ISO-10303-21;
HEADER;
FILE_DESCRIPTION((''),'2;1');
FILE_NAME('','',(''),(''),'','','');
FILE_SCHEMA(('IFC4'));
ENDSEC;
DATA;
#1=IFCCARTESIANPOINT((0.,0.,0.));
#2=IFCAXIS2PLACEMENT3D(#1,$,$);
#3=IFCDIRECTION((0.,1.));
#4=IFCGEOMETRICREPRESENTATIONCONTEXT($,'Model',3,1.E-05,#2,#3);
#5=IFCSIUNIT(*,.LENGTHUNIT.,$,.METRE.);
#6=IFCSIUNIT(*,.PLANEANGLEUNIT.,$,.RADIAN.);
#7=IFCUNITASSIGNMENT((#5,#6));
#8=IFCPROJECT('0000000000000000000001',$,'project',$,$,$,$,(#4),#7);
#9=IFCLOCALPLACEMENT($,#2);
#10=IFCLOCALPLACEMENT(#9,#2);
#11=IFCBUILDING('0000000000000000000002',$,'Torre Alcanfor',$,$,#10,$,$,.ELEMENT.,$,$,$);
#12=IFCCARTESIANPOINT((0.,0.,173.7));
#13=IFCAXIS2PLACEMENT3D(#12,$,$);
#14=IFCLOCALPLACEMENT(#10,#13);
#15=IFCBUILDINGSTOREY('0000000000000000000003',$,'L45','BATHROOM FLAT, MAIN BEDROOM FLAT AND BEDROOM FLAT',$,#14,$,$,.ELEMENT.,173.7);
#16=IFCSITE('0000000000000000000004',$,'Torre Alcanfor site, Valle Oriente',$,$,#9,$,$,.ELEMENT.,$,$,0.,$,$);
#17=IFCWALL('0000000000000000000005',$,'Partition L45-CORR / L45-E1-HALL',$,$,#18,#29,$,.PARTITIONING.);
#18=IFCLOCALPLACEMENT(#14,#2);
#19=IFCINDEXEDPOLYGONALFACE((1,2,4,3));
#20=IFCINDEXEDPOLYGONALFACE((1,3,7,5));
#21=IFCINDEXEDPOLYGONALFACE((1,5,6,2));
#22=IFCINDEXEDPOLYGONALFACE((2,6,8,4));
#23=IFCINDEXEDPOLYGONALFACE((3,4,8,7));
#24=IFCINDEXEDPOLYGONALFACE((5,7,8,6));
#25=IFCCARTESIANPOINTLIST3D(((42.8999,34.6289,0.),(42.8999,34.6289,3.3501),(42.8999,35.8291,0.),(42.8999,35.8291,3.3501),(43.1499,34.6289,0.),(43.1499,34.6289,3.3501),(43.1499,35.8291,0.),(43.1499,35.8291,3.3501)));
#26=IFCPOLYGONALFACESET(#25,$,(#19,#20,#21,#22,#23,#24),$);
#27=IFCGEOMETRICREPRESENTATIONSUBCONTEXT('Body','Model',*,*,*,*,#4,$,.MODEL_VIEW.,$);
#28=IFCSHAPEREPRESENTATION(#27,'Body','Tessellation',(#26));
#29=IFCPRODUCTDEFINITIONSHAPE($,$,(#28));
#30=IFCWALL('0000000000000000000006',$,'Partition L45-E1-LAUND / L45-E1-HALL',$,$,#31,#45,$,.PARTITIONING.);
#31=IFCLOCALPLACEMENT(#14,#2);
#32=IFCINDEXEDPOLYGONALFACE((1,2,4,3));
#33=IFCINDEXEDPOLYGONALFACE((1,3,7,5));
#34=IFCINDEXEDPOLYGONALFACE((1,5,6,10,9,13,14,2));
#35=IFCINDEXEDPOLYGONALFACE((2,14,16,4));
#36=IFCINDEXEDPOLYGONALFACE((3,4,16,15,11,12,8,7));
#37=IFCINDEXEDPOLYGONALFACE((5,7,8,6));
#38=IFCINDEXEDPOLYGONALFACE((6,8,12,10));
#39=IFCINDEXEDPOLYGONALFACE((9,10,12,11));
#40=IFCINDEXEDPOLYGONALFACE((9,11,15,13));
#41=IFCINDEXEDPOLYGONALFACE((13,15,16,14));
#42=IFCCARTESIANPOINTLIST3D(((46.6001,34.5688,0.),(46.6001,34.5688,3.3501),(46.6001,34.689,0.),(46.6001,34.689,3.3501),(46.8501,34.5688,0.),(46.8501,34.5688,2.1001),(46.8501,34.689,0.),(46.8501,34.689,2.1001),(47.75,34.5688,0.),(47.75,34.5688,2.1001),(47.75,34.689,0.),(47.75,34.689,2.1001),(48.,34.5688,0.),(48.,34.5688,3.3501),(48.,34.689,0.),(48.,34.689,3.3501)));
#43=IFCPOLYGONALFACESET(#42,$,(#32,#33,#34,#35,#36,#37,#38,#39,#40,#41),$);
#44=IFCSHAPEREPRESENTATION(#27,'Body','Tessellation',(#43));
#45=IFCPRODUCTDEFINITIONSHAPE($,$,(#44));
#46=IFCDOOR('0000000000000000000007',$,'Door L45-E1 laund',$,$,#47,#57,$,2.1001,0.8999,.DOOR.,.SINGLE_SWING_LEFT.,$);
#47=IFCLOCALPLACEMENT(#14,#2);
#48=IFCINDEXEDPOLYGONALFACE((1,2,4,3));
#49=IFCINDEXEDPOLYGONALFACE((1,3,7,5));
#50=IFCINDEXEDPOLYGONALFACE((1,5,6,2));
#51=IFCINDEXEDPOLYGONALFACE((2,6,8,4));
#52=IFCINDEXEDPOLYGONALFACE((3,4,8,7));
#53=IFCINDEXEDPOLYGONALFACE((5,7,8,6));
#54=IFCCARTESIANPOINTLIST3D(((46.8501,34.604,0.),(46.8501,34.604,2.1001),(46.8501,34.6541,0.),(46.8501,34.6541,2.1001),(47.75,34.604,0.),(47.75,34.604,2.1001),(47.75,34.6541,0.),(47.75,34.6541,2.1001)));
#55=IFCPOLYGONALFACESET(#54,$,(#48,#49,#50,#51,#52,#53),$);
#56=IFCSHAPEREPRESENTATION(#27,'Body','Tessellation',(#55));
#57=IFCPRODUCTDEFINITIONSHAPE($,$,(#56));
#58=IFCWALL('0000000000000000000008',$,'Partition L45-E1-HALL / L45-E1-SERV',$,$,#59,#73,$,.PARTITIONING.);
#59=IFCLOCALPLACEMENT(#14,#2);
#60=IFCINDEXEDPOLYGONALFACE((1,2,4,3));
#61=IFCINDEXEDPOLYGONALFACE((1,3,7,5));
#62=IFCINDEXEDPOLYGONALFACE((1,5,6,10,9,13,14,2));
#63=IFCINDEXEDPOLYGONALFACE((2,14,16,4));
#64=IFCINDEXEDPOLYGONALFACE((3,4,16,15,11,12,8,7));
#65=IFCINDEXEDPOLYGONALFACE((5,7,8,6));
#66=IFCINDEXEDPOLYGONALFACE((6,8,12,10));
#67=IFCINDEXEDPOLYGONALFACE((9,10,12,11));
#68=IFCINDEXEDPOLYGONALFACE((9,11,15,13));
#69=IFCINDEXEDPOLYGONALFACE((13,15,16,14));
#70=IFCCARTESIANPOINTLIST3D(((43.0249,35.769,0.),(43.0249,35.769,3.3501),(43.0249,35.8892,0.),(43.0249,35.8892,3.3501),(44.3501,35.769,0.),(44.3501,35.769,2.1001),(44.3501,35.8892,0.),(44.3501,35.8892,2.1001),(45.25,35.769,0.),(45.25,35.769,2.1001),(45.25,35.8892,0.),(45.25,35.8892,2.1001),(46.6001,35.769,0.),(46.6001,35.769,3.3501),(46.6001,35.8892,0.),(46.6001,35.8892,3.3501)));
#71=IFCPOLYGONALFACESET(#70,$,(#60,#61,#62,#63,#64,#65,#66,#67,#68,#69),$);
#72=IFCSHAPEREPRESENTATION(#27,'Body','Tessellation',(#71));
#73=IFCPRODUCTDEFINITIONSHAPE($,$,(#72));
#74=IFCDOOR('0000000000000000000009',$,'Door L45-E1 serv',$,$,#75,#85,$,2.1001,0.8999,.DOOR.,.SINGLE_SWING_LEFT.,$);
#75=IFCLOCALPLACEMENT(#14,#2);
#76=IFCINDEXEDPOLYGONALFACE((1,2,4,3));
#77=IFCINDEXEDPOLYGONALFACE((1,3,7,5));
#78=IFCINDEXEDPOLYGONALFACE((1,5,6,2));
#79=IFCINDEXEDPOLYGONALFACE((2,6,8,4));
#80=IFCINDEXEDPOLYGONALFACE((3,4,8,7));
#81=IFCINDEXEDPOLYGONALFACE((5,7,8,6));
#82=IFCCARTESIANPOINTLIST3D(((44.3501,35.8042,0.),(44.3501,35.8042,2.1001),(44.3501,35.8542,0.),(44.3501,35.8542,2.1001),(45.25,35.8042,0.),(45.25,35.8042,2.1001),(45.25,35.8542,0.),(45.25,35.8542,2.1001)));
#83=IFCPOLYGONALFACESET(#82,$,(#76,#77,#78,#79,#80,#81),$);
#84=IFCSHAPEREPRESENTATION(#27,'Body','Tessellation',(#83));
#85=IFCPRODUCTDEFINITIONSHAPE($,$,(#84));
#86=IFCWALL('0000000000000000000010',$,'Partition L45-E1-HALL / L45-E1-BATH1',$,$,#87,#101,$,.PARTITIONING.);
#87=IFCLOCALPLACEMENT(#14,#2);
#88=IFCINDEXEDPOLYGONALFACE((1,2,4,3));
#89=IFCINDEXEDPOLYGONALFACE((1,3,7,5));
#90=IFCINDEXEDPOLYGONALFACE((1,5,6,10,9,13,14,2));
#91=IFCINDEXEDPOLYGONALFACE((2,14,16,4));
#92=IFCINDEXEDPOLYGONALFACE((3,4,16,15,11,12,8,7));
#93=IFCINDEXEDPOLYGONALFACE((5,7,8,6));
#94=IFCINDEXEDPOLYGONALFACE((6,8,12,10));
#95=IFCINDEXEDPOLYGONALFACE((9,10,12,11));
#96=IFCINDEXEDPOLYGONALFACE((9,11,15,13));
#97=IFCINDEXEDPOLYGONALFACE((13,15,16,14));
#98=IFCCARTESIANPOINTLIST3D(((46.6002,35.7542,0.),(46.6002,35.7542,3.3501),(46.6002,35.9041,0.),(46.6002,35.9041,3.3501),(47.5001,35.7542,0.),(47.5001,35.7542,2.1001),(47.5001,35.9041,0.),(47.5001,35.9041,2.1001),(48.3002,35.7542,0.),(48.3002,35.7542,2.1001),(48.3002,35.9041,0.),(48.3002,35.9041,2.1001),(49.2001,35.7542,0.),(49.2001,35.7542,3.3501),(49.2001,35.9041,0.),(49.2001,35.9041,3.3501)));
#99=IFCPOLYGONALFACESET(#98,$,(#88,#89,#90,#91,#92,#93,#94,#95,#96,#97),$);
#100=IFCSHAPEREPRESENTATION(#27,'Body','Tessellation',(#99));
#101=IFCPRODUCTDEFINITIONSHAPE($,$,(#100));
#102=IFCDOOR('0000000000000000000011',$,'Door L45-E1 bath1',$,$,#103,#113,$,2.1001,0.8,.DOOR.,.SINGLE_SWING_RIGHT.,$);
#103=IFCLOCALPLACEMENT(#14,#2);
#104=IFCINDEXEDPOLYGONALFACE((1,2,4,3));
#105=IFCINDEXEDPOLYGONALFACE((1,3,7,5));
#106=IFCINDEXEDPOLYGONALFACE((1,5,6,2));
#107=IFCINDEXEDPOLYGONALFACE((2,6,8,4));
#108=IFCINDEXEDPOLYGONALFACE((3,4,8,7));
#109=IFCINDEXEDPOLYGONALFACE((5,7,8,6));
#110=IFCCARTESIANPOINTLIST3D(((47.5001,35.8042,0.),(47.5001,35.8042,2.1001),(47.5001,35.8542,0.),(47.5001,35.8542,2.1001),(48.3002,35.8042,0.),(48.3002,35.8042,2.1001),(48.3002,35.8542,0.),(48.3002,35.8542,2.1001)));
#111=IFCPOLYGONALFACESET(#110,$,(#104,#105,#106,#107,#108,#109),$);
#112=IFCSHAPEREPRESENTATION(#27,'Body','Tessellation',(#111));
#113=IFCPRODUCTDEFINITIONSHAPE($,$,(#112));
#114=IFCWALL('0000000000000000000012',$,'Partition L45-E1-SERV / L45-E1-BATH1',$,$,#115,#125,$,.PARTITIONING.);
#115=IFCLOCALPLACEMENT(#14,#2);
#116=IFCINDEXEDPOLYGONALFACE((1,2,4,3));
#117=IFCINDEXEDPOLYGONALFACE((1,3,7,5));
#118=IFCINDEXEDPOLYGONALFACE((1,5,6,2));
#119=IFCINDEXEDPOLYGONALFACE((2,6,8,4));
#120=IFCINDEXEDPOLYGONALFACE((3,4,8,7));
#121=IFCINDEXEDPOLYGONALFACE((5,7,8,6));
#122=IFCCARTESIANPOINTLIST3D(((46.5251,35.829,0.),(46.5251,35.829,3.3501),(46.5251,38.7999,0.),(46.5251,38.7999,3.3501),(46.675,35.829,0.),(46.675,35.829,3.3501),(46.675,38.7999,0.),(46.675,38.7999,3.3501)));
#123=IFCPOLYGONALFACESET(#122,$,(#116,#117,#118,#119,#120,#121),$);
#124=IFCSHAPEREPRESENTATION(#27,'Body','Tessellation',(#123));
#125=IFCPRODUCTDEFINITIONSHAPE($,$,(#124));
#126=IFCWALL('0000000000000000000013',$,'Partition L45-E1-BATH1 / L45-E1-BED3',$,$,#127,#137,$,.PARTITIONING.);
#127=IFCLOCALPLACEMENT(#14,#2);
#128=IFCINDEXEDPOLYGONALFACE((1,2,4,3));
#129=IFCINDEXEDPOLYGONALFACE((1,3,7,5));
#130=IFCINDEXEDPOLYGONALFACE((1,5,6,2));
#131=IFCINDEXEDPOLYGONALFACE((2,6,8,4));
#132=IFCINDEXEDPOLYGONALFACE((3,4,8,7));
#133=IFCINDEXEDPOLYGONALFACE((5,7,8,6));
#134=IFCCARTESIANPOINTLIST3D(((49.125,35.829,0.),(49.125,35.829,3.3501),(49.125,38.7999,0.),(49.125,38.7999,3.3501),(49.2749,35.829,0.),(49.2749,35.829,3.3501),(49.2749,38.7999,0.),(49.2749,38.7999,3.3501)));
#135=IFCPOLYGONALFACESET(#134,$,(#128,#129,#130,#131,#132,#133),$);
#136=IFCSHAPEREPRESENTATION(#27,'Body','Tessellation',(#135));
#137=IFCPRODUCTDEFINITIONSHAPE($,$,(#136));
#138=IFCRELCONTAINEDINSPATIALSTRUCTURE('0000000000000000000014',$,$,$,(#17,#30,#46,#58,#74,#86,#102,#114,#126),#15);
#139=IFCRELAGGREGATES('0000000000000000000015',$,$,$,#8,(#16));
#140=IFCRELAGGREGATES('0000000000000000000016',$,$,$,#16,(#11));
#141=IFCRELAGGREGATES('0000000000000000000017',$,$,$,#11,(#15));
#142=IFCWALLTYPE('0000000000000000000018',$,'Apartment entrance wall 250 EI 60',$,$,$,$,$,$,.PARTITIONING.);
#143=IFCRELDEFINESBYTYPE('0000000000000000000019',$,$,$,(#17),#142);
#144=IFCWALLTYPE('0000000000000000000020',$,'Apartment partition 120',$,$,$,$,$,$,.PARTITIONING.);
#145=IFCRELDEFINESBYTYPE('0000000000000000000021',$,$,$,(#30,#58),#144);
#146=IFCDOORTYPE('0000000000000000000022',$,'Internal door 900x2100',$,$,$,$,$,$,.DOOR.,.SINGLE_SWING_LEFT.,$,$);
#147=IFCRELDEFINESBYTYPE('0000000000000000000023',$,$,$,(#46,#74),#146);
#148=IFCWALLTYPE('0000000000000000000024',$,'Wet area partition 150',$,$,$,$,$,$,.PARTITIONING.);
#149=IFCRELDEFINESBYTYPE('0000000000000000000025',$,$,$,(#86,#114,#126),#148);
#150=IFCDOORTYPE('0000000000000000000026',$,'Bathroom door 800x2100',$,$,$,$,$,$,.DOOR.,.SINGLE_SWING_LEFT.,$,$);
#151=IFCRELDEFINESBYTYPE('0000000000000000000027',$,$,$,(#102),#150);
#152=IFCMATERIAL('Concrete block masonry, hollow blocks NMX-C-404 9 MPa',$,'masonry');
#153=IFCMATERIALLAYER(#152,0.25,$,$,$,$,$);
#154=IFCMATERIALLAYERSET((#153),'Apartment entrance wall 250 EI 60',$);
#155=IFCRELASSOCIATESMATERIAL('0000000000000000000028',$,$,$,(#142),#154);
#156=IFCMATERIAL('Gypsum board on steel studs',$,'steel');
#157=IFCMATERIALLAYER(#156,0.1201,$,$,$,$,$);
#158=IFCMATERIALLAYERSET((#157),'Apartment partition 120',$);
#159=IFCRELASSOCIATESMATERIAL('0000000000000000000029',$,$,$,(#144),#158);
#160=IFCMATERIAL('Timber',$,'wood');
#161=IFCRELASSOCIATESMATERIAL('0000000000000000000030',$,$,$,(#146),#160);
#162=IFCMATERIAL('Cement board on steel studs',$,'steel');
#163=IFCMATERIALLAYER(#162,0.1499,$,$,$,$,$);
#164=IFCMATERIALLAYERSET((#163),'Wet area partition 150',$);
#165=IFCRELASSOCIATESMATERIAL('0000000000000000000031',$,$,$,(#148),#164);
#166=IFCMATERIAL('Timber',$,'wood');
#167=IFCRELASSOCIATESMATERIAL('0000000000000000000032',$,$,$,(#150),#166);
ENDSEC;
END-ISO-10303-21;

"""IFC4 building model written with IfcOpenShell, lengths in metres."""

from ifc_helpers import new_model, si_unit, direction, frame, frame_2d, origin, place, context, subcontext, project, spatial, rectangle, extrude, material, layer, layer_set, type_object, element, fill, save


model = new_model("IFC4")

# Units and contexts
model_context = context("Model", 3, precision=1e-05, world=origin(), true_north=direction((0.0, 1.0)))
body_context = subcontext(model_context, "Body", "Model", "MODEL_VIEW")
ifc_project = project(units=[si_unit("LENGTHUNIT", "METRE"), si_unit("PLANEANGLEUNIT", "RADIAN")], contexts=[model_context])

# Site, building, storey
site_placement = place(None, origin())
site = spatial("IfcSite", under=ifc_project, at=site_placement, Name="Torre Alcanfor site, Valle Oriente", CompositionType="ELEMENT", RefElevation=0.0)
building_placement = place(site_placement, origin())
building = spatial("IfcBuilding", under=site, at=building_placement, Name="Torre Alcanfor", CompositionType="ELEMENT")
storey_placement = place(building_placement, frame((0.0, 0.0, 173.7)))
storey = spatial("IfcBuildingStorey", under=building, at=storey_placement, Name="L45", Description="BATHROOM FLAT, MAIN BEDROOM FLAT AND BEDROOM FLAT", CompositionType="ELEMENT", Elevation=173.7)

# Shared definitions
ifc_material_1 = material(Name="Concrete block masonry, hollow blocks NMX-C-404 9 MPa", Category="masonry")
ifc_layer_1 = layer(ifc_material_1, 0.25)
ifc_layer_set_1 = layer_set([ifc_layer_1], Name="Apartment entrance wall 250 EI 60")
wall_type_1 = type_object("IfcWallType", Name="Apartment entrance wall 250 EI 60", PredefinedType="PARTITIONING", material=ifc_layer_set_1)

# Wall
wall_1_placement = place(storey_placement, frame((43.0249, 35.8291, 0.0), z_axis=(0.0, 0.0, 1.0), x_axis=(0.0, -1.0, 0.0)))
element("IfcWall", 1, at=wall_1_placement, inside=storey, type_object=wall_type_1, Name="Partition L45-CORR / L45-E1-HALL", PredefinedType="PARTITIONING", context=body_context, shape_type="SweptSolid", body=[
    extrude(rectangle(XDim=1.2002, YDim=0.25, at=frame_2d((0.6001, 0.0))), origin(), (0.0, 0.0, 1.0), 3.3501),
])

# Walls, openings, doors
ifc_material_2 = material(Name="Gypsum board on steel studs", Category="steel")
ifc_layer_2 = layer(ifc_material_2, 0.1201)
ifc_layer_set_2 = layer_set([ifc_layer_2], Name="Apartment partition 120")
wall_type_2 = type_object("IfcWallType", Name="Apartment partition 120", PredefinedType="PARTITIONING", material=ifc_layer_set_2)
wall_2_placement = place(storey_placement, frame((48.0, 34.6289, 0.0), z_axis=(0.0, 0.0, 1.0), x_axis=(-1.0, 0.0, 0.0)))
wall_2 = element("IfcWall", 2, at=wall_2_placement, inside=storey, type_object=wall_type_2, Name="Partition L45-E1-LAUND / L45-E1-HALL", PredefinedType="PARTITIONING", context=body_context, shape_type="SweptSolid", body=[
    extrude(rectangle(XDim=1.3999, YDim=0.1201, at=frame_2d((0.7, 0.0))), origin(), (0.0, 0.0, 1.0), 3.3501),
])
opening_1_placement = place(wall_2_placement, frame((0.25, 0.0, 0.0)))
opening_1 = element("IfcOpeningElement", 3, at=opening_1_placement, cuts=wall_2, PredefinedType="OPENING", context=body_context, shape_type="SweptSolid", body=[
    extrude(rectangle(XDim=0.8999, YDim=2.1001, at=frame_2d((0.45, 1.05))), frame((0.0, 0.0701, 0.0), z_axis=(0.0, -1.0, 0.0), x_axis=(1.0, 0.0, 0.0)), (0.0, 0.0, 1.0), 0.1401),
])
ifc_material_3 = material(Name="Timber", Category="wood")
door_type_1 = type_object("IfcDoorType", Name="Internal door 900x2100", OperationType="SINGLE_SWING_LEFT", PredefinedType="DOOR", material=ifc_material_3)
door_1_placement = place(opening_1_placement, origin())
door_1 = element("IfcDoor", 4, at=door_1_placement, inside=storey, type_object=door_type_1, Name="Door L45-E1 laund", OperationType="SINGLE_SWING_LEFT", OverallHeight=2.1001, OverallWidth=0.8999, PredefinedType="DOOR", context=body_context, shape_type="SweptSolid", body=[
    extrude(rectangle(XDim=0.8999, YDim=2.1001, at=frame_2d((0.45, 1.05))), frame((0.0, 0.0249, 0.0), z_axis=(0.0, -1.0, 0.0), x_axis=(1.0, 0.0, 0.0)), (0.0, 0.0, 1.0), 0.05),
])
fill(opening_1, door_1)
wall_3_placement = place(storey_placement, frame((46.6001, 35.8291, 0.0), z_axis=(0.0, 0.0, 1.0), x_axis=(-1.0, 0.0, 0.0)))
wall_3 = element("IfcWall", 5, at=wall_3_placement, inside=storey, type_object=wall_type_2, Name="Partition L45-E1-HALL / L45-E1-SERV", PredefinedType="PARTITIONING", context=body_context, shape_type="SweptSolid", body=[
    extrude(rectangle(XDim=3.5752, YDim=0.1201, at=frame_2d((1.7876, 0.0))), origin(), (0.0, 0.0, 1.0), 3.3501),
])
opening_2_placement = place(wall_3_placement, frame((1.3501, 0.0, 0.0)))
opening_2 = element("IfcOpeningElement", 6, at=opening_2_placement, cuts=wall_3, PredefinedType="OPENING", context=body_context, shape_type="SweptSolid", body=[
    extrude(rectangle(XDim=0.8999, YDim=2.1001, at=frame_2d((0.45, 1.05))), frame((0.0, 0.0701, 0.0), z_axis=(0.0, -1.0, 0.0), x_axis=(1.0, 0.0, 0.0)), (0.0, 0.0, 1.0), 0.1401),
])
door_2_placement = place(opening_2_placement, frame((0.8999, 0.0, 0.0), z_axis=(0.0, 0.0, 1.0), x_axis=(-1.0, 0.0, 0.0)))
door_2 = element("IfcDoor", 7, at=door_2_placement, inside=storey, type_object=door_type_1, Name="Door L45-E1 serv", OperationType="SINGLE_SWING_LEFT", OverallHeight=2.1001, OverallWidth=0.8999, PredefinedType="DOOR", context=body_context, shape_type="SweptSolid", body=[
    extrude(rectangle(XDim=0.8999, YDim=2.1001, at=frame_2d((0.45, 1.05))), frame((0.0, 0.0251, 0.0), z_axis=(0.0, -1.0, 0.0), x_axis=(1.0, 0.0, 0.0)), (0.0, 0.0, 1.0), 0.05),
])
fill(opening_2, door_2)
ifc_material_4 = material(Name="Cement board on steel studs", Category="steel")
ifc_layer_3 = layer(ifc_material_4, 0.1499)
ifc_layer_set_3 = layer_set([ifc_layer_3], Name="Wet area partition 150")
wall_type_3 = type_object("IfcWallType", Name="Wet area partition 150", PredefinedType="PARTITIONING", material=ifc_layer_set_3)
wall_4_placement = place(storey_placement, frame((49.2, 35.8291, 0.0), z_axis=(0.0, 0.0, 1.0), x_axis=(-1.0, 0.0, 0.0)))
wall_4 = element("IfcWall", 8, at=wall_4_placement, inside=storey, type_object=wall_type_3, Name="Partition L45-E1-HALL / L45-E1-BATH1", PredefinedType="PARTITIONING", context=body_context, shape_type="SweptSolid", body=[
    extrude(rectangle(XDim=2.5999, YDim=0.1499, at=frame_2d((1.2998, 0.0))), origin(), (0.0, 0.0, 1.0), 3.3501),
])
opening_3_placement = place(wall_4_placement, frame((0.8999, 0.0, 0.0)))
opening_3 = element("IfcOpeningElement", 9, at=opening_3_placement, cuts=wall_4, PredefinedType="OPENING", context=body_context, shape_type="SweptSolid", body=[
    extrude(rectangle(XDim=0.8, YDim=2.1001, at=frame_2d((0.3999, 1.05))), frame((0.0, 0.085, 0.0), z_axis=(0.0, -1.0, 0.0), x_axis=(1.0, 0.0, 0.0)), (0.0, 0.0, 1.0), 0.1699),
])
ifc_material_5 = material(Name="Timber", Category="wood")
door_type_2 = type_object("IfcDoorType", Name="Bathroom door 800x2100", OperationType="SINGLE_SWING_LEFT", PredefinedType="DOOR", material=ifc_material_5)
door_3_placement = place(opening_3_placement, frame((0.8, 0.0, 0.0), z_axis=(0.0, 0.0, 1.0), x_axis=(-1.0, 0.0, 0.0)))
door_3 = element("IfcDoor", 10, at=door_3_placement, inside=storey, type_object=door_type_2, Name="Door L45-E1 bath1", OperationType="SINGLE_SWING_RIGHT", OverallHeight=2.1001, OverallWidth=0.8, PredefinedType="DOOR", context=body_context, shape_type="SweptSolid", body=[
    extrude(rectangle(XDim=0.8, YDim=2.1001, at=frame_2d((0.4001, 1.05))), frame((0.0, 0.0251, 0.0), z_axis=(0.0, -1.0, 0.0), x_axis=(1.0, 0.0, 0.0)), (0.0, 0.0, 1.0), 0.05),
])
fill(opening_3, door_3)

# Walls
for number, where, z_axis, x_axis, name in (
    (11, (46.6001, 35.8291, 0.0), (0.0, 0.0, 1.0), (0.0, 1.0, 0.0), "Partition L45-E1-SERV / L45-E1-BATH1"),
    (12, (49.2, 35.8291, 0.0), (0.0, 0.0, 1.0), (0.0, 1.0, 0.0), "Partition L45-E1-BATH1 / L45-E1-BED3"),
):
    element("IfcWall", number, at=place(storey_placement, frame(where, z_axis=z_axis, x_axis=x_axis)), inside=storey, type_object=wall_type_3, Name=name, PredefinedType="PARTITIONING", context=body_context, shape_type="SweptSolid", body=[
        extrude(rectangle(XDim=2.9709, YDim=0.1499, at=frame_2d((1.4854, 0.0))), origin(), (0.0, 0.0, 1.0), 3.3501),
    ])

save(model, "model.ifc")
